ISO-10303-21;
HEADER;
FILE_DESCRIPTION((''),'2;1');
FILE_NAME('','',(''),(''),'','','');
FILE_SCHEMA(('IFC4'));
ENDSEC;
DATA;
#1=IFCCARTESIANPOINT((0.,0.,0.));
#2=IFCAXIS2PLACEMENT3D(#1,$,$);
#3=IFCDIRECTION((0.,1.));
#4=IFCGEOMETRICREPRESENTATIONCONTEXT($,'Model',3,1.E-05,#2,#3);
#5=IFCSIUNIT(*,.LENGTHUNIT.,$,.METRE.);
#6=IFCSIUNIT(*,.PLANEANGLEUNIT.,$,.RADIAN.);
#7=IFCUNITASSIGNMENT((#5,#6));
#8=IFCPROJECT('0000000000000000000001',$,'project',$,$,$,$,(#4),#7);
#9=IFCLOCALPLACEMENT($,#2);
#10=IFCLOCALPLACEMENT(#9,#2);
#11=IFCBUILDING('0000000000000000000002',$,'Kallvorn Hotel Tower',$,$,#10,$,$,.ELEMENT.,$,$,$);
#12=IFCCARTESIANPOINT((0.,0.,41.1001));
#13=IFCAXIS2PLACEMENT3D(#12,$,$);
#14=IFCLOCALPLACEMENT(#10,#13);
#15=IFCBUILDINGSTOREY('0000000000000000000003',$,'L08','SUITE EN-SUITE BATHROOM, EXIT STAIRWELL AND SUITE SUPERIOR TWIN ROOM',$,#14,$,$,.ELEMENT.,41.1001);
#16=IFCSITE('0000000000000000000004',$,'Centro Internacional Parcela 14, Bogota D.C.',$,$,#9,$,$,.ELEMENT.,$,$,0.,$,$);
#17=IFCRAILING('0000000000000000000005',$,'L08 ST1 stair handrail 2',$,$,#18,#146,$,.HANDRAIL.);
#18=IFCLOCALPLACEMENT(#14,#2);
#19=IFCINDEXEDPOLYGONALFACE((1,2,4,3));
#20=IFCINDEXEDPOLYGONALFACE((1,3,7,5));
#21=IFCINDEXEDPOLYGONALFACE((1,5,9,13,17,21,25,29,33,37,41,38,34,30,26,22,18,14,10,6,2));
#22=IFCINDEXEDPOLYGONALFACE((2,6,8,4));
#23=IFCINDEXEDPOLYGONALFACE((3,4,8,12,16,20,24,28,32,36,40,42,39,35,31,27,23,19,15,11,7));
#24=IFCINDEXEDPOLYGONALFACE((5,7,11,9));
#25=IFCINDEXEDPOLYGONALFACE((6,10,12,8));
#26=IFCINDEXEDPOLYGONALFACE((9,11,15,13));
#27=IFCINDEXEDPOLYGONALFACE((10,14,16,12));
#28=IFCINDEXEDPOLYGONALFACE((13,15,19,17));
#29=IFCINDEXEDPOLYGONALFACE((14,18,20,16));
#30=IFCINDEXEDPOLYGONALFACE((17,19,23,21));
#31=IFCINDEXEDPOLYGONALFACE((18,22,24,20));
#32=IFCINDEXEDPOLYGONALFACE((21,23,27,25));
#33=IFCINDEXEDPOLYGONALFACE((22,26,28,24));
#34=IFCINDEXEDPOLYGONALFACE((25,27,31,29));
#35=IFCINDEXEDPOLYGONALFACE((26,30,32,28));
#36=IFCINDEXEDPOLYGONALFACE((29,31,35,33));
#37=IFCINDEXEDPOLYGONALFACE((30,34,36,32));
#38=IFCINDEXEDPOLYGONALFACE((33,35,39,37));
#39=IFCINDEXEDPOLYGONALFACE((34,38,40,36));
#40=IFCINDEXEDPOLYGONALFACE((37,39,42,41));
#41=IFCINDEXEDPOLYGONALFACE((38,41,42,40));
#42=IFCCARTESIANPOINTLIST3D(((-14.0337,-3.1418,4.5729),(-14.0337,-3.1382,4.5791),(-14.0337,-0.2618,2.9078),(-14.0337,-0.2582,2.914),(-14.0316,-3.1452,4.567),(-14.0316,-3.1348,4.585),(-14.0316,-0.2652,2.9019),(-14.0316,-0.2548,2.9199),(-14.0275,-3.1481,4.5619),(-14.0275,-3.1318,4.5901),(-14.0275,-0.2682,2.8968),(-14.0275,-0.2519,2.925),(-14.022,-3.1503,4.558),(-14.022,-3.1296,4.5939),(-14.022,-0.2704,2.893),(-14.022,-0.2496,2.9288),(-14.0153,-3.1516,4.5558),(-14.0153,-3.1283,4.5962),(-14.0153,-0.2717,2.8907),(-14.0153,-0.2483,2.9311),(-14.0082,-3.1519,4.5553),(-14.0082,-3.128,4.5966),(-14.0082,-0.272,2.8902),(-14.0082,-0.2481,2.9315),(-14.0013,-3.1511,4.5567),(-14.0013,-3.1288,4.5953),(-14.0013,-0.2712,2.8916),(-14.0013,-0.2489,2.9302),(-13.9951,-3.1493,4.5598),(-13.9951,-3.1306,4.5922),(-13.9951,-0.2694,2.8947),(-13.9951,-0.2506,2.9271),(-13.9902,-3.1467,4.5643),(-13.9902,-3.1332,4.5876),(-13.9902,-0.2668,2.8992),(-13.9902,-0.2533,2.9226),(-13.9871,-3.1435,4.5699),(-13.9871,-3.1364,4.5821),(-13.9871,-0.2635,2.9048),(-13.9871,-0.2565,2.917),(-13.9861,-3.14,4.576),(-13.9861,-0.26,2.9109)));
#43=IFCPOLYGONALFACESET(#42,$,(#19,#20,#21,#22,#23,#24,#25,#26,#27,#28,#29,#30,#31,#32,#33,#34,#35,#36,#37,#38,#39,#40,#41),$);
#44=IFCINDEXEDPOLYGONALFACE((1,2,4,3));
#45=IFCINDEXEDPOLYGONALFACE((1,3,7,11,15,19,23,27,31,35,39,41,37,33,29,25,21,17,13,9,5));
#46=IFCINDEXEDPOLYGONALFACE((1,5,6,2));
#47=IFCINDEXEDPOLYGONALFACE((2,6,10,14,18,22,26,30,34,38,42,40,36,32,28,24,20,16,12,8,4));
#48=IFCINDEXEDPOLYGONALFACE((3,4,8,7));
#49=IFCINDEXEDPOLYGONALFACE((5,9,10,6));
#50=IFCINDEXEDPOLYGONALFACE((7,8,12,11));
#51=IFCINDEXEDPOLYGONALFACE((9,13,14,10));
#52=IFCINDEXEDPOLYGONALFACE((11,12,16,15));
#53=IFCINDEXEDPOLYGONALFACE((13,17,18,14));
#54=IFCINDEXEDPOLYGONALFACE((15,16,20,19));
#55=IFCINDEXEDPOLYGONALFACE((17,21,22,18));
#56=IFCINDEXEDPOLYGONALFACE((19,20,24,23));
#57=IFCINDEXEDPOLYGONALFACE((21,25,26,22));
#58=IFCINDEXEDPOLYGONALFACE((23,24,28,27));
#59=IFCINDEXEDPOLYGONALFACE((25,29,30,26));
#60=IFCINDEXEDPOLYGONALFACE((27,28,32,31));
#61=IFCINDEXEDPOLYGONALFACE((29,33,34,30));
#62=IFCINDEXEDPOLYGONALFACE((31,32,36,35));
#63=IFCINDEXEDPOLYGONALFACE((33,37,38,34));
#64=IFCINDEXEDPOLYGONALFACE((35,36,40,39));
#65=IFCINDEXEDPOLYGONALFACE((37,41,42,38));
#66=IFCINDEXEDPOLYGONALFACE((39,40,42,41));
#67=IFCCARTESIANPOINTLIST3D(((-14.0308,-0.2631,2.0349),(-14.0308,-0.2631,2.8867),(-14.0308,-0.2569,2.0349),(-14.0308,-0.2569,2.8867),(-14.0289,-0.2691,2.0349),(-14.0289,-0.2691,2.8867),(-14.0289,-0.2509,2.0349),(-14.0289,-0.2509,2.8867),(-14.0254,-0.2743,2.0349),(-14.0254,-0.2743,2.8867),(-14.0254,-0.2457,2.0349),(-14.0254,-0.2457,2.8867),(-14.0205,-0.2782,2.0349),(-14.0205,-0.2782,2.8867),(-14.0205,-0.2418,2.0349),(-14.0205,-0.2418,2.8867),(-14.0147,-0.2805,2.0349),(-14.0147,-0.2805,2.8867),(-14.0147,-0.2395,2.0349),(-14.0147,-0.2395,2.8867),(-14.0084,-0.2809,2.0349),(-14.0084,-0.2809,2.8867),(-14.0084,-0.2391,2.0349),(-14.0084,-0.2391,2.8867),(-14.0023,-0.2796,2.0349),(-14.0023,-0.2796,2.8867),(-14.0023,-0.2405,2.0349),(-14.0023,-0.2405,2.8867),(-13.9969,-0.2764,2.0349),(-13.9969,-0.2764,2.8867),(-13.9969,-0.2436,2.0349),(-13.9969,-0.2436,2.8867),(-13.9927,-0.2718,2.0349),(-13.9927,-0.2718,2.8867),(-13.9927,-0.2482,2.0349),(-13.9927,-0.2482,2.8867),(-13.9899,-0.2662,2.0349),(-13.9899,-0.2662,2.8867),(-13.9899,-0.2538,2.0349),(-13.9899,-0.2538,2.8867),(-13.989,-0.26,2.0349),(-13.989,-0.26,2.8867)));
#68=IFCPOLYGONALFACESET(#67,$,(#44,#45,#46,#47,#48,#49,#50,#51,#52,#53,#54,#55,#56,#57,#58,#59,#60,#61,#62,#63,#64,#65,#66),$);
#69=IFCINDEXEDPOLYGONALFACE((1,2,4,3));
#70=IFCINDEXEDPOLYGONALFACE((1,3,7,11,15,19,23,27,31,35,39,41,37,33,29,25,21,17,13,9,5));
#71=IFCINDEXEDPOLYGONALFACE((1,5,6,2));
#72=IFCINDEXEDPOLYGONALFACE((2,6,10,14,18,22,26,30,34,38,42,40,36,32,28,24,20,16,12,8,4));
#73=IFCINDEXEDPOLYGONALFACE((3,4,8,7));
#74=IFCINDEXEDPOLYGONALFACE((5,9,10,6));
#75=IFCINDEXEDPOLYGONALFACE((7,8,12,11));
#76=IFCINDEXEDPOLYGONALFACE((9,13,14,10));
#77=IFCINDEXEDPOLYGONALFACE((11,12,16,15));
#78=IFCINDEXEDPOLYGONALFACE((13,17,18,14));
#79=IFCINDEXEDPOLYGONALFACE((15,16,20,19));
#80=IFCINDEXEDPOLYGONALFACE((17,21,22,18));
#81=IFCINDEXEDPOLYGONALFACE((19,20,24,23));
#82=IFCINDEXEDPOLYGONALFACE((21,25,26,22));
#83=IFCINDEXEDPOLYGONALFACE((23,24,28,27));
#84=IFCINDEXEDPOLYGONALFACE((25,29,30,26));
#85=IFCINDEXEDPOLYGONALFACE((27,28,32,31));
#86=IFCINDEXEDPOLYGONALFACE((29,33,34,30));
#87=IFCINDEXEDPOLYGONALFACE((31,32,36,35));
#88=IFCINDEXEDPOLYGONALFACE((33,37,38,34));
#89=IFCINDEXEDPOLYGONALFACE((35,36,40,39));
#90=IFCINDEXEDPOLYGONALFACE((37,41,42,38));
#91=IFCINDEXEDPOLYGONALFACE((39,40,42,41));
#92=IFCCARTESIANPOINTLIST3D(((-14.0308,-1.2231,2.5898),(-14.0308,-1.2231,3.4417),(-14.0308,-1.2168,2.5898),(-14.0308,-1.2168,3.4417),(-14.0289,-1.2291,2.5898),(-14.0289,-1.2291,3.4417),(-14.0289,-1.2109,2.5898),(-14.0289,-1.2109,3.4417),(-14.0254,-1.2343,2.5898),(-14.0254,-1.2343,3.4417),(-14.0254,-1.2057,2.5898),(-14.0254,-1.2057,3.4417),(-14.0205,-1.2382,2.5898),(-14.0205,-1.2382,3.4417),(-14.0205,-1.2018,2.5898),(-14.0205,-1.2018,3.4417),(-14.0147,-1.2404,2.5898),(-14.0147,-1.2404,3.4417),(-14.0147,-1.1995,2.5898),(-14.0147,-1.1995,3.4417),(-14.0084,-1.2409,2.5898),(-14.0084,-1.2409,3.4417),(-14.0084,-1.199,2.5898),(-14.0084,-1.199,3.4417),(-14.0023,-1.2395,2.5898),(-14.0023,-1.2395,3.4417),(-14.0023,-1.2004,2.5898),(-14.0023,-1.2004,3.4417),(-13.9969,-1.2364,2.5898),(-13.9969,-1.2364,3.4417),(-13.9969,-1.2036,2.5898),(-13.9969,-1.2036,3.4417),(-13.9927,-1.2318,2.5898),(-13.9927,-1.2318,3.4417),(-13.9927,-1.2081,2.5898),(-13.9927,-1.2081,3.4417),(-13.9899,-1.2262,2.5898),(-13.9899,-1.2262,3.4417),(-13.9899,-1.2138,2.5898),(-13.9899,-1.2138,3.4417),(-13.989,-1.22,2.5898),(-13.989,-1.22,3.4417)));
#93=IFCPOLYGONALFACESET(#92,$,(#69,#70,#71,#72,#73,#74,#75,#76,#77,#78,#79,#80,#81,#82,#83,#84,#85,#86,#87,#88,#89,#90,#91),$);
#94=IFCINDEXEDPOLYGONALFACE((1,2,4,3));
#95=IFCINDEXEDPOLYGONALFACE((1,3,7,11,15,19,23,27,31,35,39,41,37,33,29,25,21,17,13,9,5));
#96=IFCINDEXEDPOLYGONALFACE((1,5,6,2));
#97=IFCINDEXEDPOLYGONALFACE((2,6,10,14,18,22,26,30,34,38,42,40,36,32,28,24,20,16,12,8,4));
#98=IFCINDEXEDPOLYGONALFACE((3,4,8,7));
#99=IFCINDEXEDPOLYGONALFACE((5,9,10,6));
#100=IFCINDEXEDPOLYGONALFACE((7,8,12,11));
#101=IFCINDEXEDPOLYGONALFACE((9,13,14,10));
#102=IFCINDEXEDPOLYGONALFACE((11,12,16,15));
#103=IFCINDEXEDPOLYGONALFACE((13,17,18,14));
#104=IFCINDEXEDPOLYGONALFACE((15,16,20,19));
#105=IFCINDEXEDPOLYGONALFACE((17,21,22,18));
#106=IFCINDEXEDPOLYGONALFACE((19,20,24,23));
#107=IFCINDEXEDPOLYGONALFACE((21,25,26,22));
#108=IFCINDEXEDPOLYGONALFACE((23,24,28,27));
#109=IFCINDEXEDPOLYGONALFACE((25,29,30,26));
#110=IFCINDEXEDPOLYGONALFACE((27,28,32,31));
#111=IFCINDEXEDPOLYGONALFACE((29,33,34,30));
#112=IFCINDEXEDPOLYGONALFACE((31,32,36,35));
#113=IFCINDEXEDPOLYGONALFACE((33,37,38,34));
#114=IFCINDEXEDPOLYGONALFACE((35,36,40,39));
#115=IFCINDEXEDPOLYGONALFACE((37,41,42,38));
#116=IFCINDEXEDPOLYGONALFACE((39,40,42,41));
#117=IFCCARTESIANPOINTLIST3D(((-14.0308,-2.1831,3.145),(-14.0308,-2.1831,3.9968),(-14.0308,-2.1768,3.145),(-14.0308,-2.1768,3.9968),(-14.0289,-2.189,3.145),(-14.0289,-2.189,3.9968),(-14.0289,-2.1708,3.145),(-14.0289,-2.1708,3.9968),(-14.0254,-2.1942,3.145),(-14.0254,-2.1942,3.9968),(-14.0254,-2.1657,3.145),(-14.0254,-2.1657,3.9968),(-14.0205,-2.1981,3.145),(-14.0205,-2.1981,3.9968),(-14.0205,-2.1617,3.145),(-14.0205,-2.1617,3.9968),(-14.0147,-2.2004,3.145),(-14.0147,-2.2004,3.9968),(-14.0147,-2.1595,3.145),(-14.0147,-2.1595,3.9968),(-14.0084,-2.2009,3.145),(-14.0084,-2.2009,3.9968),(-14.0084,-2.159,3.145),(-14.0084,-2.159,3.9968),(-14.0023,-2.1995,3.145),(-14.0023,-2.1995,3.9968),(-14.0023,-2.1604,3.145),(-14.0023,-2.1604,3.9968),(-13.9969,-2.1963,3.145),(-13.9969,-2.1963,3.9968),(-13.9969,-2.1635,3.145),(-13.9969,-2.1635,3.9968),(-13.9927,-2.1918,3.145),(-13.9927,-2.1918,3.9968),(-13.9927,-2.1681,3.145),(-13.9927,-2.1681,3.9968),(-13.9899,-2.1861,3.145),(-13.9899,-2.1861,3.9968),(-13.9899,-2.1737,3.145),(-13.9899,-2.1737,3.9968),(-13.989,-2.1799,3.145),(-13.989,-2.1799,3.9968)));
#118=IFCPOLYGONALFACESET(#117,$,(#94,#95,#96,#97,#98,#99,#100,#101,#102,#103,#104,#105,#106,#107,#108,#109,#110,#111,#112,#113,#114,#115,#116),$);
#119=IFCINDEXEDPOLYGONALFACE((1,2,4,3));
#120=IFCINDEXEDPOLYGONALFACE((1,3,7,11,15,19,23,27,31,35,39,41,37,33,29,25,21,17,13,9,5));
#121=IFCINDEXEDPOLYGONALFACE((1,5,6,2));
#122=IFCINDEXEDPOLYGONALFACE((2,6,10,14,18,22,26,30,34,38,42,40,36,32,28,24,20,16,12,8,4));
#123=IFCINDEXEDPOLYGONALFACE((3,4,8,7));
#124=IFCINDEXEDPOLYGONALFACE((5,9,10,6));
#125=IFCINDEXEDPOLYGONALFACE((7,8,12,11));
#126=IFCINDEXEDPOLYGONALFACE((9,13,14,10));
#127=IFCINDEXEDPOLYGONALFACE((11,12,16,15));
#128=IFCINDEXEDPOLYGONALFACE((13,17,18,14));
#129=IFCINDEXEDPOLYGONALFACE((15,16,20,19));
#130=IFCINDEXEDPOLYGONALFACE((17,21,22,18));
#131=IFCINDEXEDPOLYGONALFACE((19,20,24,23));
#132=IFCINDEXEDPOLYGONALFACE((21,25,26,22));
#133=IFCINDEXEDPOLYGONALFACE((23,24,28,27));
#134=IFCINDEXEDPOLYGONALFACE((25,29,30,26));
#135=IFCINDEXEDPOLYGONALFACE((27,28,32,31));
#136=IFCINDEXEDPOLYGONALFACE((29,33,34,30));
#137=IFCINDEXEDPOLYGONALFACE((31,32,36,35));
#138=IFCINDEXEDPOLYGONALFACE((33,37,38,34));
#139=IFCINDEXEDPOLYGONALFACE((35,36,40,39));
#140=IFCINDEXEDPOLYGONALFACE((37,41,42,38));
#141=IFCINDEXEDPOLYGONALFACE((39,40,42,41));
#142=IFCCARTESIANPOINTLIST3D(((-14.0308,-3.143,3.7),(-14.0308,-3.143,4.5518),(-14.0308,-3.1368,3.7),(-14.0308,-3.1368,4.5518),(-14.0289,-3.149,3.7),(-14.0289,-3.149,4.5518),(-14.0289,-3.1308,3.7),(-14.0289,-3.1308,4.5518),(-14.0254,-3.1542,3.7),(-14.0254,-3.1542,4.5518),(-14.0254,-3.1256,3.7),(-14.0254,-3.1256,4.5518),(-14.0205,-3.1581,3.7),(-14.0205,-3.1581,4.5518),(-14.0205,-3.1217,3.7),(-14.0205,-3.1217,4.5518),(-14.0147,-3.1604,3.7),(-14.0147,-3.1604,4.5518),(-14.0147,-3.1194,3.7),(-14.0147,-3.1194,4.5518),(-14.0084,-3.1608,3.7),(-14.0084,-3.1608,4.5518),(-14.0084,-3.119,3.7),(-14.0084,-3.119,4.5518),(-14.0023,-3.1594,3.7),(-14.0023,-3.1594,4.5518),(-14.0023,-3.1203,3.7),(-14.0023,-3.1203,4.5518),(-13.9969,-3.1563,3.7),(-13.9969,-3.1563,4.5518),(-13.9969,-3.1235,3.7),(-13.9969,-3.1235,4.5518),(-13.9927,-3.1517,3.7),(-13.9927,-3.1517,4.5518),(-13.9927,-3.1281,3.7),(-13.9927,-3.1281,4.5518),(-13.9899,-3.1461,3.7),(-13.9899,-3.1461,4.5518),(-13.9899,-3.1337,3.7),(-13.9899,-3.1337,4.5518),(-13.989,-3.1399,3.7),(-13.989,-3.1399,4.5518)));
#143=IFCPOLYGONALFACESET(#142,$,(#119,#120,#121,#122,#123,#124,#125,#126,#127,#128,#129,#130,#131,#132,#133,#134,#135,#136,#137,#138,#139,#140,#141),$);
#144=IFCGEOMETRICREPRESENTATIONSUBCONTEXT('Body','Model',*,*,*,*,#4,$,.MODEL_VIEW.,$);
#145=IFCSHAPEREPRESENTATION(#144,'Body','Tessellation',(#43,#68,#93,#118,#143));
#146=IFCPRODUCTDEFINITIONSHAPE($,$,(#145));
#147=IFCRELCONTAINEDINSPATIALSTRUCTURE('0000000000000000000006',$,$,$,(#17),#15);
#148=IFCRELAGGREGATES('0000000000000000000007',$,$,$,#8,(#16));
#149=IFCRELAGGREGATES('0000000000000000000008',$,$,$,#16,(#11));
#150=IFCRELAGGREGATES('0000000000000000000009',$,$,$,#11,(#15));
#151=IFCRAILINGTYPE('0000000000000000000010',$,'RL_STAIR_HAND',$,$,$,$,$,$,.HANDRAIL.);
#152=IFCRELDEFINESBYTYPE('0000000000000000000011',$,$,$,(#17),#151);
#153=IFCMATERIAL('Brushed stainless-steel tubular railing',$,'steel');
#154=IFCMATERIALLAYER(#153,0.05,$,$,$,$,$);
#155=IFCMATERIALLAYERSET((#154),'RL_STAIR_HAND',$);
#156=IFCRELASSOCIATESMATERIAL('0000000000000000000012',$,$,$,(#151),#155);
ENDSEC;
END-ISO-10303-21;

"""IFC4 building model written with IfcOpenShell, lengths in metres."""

from ifc_helpers import new_model, si_unit, direction, frame, origin, origin_2d, place, context, subcontext, project, spatial, circle, extrude, material, layer, layer_set, type_object, element, save


model = new_model("IFC4")

# Units and contexts
model_context = context("Model", 3, precision=1e-05, world=origin(), true_north=direction((0.0, 1.0)))
body_context = subcontext(model_context, "Body", "Model", "MODEL_VIEW")
ifc_project = project(units=[si_unit("LENGTHUNIT", "METRE"), si_unit("PLANEANGLEUNIT", "RADIAN")], contexts=[model_context])

# Site, building, storey
site_placement = place(None, origin())
site = spatial("IfcSite", under=ifc_project, at=site_placement, Name="Centro Internacional Parcela 14, Bogota D.C.", CompositionType="ELEMENT", RefElevation=0.0)
building_placement = place(site_placement, origin())
building = spatial("IfcBuilding", under=site, at=building_placement, Name="Kallvorn Hotel Tower", CompositionType="ELEMENT")
storey_placement = place(building_placement, frame((0.0, 0.0, 41.1001)))
storey = spatial("IfcBuildingStorey", under=building, at=storey_placement, Name="L08", Description="SUITE EN-SUITE BATHROOM, EXIT STAIRWELL AND SUITE SUPERIOR TWIN ROOM", CompositionType="ELEMENT", Elevation=41.1001)

# Railing
ifc_material_1 = material(Name="Brushed stainless-steel tubular railing", Category="steel")
ifc_layer_1 = layer(ifc_material_1, 0.05)
ifc_layer_set_1 = layer_set([ifc_layer_1], Name="RL_STAIR_HAND")
railing_type_1 = type_object("IfcRailingType", Name="RL_STAIR_HAND", PredefinedType="HANDRAIL", material=ifc_layer_set_1)
railing_1_placement = place(storey_placement, frame((-14.01, -0.26, 2.0349)))
element("IfcRailing", 1, at=railing_1_placement, inside=storey, type_object=railing_type_1, Name="L08 ST1 stair handrail 2", PredefinedType="HANDRAIL", context=body_context, shape_type="SweptSolid", body=[
    extrude(circle(Radius=0.0239, at=origin_2d()), frame((0.0, 0.0, 0.876), z_axis=(0.0, -0.865721, 0.500527), x_axis=(1.0, 0.0, 0.0)), (0.0, 0.0, 1.0), 3.3267),
    extrude(circle(Radius=0.021, at=origin_2d()), origin(), (0.0, 0.0, 1.0), 0.8518),
    extrude(circle(Radius=0.021, at=origin_2d()), frame((0.0, -0.96, 0.5549)), (0.0, 0.0, 1.0), 0.8518),
    extrude(circle(Radius=0.021, at=origin_2d()), frame((0.0, -1.9199, 1.1101)), (0.0, 0.0, 1.0), 0.8518),
    extrude(circle(Radius=0.021, at=origin_2d()), frame((0.0, -2.8799, 1.665)), (0.0, 0.0, 1.0), 0.8518),
])

save(model, "model.ifc")
